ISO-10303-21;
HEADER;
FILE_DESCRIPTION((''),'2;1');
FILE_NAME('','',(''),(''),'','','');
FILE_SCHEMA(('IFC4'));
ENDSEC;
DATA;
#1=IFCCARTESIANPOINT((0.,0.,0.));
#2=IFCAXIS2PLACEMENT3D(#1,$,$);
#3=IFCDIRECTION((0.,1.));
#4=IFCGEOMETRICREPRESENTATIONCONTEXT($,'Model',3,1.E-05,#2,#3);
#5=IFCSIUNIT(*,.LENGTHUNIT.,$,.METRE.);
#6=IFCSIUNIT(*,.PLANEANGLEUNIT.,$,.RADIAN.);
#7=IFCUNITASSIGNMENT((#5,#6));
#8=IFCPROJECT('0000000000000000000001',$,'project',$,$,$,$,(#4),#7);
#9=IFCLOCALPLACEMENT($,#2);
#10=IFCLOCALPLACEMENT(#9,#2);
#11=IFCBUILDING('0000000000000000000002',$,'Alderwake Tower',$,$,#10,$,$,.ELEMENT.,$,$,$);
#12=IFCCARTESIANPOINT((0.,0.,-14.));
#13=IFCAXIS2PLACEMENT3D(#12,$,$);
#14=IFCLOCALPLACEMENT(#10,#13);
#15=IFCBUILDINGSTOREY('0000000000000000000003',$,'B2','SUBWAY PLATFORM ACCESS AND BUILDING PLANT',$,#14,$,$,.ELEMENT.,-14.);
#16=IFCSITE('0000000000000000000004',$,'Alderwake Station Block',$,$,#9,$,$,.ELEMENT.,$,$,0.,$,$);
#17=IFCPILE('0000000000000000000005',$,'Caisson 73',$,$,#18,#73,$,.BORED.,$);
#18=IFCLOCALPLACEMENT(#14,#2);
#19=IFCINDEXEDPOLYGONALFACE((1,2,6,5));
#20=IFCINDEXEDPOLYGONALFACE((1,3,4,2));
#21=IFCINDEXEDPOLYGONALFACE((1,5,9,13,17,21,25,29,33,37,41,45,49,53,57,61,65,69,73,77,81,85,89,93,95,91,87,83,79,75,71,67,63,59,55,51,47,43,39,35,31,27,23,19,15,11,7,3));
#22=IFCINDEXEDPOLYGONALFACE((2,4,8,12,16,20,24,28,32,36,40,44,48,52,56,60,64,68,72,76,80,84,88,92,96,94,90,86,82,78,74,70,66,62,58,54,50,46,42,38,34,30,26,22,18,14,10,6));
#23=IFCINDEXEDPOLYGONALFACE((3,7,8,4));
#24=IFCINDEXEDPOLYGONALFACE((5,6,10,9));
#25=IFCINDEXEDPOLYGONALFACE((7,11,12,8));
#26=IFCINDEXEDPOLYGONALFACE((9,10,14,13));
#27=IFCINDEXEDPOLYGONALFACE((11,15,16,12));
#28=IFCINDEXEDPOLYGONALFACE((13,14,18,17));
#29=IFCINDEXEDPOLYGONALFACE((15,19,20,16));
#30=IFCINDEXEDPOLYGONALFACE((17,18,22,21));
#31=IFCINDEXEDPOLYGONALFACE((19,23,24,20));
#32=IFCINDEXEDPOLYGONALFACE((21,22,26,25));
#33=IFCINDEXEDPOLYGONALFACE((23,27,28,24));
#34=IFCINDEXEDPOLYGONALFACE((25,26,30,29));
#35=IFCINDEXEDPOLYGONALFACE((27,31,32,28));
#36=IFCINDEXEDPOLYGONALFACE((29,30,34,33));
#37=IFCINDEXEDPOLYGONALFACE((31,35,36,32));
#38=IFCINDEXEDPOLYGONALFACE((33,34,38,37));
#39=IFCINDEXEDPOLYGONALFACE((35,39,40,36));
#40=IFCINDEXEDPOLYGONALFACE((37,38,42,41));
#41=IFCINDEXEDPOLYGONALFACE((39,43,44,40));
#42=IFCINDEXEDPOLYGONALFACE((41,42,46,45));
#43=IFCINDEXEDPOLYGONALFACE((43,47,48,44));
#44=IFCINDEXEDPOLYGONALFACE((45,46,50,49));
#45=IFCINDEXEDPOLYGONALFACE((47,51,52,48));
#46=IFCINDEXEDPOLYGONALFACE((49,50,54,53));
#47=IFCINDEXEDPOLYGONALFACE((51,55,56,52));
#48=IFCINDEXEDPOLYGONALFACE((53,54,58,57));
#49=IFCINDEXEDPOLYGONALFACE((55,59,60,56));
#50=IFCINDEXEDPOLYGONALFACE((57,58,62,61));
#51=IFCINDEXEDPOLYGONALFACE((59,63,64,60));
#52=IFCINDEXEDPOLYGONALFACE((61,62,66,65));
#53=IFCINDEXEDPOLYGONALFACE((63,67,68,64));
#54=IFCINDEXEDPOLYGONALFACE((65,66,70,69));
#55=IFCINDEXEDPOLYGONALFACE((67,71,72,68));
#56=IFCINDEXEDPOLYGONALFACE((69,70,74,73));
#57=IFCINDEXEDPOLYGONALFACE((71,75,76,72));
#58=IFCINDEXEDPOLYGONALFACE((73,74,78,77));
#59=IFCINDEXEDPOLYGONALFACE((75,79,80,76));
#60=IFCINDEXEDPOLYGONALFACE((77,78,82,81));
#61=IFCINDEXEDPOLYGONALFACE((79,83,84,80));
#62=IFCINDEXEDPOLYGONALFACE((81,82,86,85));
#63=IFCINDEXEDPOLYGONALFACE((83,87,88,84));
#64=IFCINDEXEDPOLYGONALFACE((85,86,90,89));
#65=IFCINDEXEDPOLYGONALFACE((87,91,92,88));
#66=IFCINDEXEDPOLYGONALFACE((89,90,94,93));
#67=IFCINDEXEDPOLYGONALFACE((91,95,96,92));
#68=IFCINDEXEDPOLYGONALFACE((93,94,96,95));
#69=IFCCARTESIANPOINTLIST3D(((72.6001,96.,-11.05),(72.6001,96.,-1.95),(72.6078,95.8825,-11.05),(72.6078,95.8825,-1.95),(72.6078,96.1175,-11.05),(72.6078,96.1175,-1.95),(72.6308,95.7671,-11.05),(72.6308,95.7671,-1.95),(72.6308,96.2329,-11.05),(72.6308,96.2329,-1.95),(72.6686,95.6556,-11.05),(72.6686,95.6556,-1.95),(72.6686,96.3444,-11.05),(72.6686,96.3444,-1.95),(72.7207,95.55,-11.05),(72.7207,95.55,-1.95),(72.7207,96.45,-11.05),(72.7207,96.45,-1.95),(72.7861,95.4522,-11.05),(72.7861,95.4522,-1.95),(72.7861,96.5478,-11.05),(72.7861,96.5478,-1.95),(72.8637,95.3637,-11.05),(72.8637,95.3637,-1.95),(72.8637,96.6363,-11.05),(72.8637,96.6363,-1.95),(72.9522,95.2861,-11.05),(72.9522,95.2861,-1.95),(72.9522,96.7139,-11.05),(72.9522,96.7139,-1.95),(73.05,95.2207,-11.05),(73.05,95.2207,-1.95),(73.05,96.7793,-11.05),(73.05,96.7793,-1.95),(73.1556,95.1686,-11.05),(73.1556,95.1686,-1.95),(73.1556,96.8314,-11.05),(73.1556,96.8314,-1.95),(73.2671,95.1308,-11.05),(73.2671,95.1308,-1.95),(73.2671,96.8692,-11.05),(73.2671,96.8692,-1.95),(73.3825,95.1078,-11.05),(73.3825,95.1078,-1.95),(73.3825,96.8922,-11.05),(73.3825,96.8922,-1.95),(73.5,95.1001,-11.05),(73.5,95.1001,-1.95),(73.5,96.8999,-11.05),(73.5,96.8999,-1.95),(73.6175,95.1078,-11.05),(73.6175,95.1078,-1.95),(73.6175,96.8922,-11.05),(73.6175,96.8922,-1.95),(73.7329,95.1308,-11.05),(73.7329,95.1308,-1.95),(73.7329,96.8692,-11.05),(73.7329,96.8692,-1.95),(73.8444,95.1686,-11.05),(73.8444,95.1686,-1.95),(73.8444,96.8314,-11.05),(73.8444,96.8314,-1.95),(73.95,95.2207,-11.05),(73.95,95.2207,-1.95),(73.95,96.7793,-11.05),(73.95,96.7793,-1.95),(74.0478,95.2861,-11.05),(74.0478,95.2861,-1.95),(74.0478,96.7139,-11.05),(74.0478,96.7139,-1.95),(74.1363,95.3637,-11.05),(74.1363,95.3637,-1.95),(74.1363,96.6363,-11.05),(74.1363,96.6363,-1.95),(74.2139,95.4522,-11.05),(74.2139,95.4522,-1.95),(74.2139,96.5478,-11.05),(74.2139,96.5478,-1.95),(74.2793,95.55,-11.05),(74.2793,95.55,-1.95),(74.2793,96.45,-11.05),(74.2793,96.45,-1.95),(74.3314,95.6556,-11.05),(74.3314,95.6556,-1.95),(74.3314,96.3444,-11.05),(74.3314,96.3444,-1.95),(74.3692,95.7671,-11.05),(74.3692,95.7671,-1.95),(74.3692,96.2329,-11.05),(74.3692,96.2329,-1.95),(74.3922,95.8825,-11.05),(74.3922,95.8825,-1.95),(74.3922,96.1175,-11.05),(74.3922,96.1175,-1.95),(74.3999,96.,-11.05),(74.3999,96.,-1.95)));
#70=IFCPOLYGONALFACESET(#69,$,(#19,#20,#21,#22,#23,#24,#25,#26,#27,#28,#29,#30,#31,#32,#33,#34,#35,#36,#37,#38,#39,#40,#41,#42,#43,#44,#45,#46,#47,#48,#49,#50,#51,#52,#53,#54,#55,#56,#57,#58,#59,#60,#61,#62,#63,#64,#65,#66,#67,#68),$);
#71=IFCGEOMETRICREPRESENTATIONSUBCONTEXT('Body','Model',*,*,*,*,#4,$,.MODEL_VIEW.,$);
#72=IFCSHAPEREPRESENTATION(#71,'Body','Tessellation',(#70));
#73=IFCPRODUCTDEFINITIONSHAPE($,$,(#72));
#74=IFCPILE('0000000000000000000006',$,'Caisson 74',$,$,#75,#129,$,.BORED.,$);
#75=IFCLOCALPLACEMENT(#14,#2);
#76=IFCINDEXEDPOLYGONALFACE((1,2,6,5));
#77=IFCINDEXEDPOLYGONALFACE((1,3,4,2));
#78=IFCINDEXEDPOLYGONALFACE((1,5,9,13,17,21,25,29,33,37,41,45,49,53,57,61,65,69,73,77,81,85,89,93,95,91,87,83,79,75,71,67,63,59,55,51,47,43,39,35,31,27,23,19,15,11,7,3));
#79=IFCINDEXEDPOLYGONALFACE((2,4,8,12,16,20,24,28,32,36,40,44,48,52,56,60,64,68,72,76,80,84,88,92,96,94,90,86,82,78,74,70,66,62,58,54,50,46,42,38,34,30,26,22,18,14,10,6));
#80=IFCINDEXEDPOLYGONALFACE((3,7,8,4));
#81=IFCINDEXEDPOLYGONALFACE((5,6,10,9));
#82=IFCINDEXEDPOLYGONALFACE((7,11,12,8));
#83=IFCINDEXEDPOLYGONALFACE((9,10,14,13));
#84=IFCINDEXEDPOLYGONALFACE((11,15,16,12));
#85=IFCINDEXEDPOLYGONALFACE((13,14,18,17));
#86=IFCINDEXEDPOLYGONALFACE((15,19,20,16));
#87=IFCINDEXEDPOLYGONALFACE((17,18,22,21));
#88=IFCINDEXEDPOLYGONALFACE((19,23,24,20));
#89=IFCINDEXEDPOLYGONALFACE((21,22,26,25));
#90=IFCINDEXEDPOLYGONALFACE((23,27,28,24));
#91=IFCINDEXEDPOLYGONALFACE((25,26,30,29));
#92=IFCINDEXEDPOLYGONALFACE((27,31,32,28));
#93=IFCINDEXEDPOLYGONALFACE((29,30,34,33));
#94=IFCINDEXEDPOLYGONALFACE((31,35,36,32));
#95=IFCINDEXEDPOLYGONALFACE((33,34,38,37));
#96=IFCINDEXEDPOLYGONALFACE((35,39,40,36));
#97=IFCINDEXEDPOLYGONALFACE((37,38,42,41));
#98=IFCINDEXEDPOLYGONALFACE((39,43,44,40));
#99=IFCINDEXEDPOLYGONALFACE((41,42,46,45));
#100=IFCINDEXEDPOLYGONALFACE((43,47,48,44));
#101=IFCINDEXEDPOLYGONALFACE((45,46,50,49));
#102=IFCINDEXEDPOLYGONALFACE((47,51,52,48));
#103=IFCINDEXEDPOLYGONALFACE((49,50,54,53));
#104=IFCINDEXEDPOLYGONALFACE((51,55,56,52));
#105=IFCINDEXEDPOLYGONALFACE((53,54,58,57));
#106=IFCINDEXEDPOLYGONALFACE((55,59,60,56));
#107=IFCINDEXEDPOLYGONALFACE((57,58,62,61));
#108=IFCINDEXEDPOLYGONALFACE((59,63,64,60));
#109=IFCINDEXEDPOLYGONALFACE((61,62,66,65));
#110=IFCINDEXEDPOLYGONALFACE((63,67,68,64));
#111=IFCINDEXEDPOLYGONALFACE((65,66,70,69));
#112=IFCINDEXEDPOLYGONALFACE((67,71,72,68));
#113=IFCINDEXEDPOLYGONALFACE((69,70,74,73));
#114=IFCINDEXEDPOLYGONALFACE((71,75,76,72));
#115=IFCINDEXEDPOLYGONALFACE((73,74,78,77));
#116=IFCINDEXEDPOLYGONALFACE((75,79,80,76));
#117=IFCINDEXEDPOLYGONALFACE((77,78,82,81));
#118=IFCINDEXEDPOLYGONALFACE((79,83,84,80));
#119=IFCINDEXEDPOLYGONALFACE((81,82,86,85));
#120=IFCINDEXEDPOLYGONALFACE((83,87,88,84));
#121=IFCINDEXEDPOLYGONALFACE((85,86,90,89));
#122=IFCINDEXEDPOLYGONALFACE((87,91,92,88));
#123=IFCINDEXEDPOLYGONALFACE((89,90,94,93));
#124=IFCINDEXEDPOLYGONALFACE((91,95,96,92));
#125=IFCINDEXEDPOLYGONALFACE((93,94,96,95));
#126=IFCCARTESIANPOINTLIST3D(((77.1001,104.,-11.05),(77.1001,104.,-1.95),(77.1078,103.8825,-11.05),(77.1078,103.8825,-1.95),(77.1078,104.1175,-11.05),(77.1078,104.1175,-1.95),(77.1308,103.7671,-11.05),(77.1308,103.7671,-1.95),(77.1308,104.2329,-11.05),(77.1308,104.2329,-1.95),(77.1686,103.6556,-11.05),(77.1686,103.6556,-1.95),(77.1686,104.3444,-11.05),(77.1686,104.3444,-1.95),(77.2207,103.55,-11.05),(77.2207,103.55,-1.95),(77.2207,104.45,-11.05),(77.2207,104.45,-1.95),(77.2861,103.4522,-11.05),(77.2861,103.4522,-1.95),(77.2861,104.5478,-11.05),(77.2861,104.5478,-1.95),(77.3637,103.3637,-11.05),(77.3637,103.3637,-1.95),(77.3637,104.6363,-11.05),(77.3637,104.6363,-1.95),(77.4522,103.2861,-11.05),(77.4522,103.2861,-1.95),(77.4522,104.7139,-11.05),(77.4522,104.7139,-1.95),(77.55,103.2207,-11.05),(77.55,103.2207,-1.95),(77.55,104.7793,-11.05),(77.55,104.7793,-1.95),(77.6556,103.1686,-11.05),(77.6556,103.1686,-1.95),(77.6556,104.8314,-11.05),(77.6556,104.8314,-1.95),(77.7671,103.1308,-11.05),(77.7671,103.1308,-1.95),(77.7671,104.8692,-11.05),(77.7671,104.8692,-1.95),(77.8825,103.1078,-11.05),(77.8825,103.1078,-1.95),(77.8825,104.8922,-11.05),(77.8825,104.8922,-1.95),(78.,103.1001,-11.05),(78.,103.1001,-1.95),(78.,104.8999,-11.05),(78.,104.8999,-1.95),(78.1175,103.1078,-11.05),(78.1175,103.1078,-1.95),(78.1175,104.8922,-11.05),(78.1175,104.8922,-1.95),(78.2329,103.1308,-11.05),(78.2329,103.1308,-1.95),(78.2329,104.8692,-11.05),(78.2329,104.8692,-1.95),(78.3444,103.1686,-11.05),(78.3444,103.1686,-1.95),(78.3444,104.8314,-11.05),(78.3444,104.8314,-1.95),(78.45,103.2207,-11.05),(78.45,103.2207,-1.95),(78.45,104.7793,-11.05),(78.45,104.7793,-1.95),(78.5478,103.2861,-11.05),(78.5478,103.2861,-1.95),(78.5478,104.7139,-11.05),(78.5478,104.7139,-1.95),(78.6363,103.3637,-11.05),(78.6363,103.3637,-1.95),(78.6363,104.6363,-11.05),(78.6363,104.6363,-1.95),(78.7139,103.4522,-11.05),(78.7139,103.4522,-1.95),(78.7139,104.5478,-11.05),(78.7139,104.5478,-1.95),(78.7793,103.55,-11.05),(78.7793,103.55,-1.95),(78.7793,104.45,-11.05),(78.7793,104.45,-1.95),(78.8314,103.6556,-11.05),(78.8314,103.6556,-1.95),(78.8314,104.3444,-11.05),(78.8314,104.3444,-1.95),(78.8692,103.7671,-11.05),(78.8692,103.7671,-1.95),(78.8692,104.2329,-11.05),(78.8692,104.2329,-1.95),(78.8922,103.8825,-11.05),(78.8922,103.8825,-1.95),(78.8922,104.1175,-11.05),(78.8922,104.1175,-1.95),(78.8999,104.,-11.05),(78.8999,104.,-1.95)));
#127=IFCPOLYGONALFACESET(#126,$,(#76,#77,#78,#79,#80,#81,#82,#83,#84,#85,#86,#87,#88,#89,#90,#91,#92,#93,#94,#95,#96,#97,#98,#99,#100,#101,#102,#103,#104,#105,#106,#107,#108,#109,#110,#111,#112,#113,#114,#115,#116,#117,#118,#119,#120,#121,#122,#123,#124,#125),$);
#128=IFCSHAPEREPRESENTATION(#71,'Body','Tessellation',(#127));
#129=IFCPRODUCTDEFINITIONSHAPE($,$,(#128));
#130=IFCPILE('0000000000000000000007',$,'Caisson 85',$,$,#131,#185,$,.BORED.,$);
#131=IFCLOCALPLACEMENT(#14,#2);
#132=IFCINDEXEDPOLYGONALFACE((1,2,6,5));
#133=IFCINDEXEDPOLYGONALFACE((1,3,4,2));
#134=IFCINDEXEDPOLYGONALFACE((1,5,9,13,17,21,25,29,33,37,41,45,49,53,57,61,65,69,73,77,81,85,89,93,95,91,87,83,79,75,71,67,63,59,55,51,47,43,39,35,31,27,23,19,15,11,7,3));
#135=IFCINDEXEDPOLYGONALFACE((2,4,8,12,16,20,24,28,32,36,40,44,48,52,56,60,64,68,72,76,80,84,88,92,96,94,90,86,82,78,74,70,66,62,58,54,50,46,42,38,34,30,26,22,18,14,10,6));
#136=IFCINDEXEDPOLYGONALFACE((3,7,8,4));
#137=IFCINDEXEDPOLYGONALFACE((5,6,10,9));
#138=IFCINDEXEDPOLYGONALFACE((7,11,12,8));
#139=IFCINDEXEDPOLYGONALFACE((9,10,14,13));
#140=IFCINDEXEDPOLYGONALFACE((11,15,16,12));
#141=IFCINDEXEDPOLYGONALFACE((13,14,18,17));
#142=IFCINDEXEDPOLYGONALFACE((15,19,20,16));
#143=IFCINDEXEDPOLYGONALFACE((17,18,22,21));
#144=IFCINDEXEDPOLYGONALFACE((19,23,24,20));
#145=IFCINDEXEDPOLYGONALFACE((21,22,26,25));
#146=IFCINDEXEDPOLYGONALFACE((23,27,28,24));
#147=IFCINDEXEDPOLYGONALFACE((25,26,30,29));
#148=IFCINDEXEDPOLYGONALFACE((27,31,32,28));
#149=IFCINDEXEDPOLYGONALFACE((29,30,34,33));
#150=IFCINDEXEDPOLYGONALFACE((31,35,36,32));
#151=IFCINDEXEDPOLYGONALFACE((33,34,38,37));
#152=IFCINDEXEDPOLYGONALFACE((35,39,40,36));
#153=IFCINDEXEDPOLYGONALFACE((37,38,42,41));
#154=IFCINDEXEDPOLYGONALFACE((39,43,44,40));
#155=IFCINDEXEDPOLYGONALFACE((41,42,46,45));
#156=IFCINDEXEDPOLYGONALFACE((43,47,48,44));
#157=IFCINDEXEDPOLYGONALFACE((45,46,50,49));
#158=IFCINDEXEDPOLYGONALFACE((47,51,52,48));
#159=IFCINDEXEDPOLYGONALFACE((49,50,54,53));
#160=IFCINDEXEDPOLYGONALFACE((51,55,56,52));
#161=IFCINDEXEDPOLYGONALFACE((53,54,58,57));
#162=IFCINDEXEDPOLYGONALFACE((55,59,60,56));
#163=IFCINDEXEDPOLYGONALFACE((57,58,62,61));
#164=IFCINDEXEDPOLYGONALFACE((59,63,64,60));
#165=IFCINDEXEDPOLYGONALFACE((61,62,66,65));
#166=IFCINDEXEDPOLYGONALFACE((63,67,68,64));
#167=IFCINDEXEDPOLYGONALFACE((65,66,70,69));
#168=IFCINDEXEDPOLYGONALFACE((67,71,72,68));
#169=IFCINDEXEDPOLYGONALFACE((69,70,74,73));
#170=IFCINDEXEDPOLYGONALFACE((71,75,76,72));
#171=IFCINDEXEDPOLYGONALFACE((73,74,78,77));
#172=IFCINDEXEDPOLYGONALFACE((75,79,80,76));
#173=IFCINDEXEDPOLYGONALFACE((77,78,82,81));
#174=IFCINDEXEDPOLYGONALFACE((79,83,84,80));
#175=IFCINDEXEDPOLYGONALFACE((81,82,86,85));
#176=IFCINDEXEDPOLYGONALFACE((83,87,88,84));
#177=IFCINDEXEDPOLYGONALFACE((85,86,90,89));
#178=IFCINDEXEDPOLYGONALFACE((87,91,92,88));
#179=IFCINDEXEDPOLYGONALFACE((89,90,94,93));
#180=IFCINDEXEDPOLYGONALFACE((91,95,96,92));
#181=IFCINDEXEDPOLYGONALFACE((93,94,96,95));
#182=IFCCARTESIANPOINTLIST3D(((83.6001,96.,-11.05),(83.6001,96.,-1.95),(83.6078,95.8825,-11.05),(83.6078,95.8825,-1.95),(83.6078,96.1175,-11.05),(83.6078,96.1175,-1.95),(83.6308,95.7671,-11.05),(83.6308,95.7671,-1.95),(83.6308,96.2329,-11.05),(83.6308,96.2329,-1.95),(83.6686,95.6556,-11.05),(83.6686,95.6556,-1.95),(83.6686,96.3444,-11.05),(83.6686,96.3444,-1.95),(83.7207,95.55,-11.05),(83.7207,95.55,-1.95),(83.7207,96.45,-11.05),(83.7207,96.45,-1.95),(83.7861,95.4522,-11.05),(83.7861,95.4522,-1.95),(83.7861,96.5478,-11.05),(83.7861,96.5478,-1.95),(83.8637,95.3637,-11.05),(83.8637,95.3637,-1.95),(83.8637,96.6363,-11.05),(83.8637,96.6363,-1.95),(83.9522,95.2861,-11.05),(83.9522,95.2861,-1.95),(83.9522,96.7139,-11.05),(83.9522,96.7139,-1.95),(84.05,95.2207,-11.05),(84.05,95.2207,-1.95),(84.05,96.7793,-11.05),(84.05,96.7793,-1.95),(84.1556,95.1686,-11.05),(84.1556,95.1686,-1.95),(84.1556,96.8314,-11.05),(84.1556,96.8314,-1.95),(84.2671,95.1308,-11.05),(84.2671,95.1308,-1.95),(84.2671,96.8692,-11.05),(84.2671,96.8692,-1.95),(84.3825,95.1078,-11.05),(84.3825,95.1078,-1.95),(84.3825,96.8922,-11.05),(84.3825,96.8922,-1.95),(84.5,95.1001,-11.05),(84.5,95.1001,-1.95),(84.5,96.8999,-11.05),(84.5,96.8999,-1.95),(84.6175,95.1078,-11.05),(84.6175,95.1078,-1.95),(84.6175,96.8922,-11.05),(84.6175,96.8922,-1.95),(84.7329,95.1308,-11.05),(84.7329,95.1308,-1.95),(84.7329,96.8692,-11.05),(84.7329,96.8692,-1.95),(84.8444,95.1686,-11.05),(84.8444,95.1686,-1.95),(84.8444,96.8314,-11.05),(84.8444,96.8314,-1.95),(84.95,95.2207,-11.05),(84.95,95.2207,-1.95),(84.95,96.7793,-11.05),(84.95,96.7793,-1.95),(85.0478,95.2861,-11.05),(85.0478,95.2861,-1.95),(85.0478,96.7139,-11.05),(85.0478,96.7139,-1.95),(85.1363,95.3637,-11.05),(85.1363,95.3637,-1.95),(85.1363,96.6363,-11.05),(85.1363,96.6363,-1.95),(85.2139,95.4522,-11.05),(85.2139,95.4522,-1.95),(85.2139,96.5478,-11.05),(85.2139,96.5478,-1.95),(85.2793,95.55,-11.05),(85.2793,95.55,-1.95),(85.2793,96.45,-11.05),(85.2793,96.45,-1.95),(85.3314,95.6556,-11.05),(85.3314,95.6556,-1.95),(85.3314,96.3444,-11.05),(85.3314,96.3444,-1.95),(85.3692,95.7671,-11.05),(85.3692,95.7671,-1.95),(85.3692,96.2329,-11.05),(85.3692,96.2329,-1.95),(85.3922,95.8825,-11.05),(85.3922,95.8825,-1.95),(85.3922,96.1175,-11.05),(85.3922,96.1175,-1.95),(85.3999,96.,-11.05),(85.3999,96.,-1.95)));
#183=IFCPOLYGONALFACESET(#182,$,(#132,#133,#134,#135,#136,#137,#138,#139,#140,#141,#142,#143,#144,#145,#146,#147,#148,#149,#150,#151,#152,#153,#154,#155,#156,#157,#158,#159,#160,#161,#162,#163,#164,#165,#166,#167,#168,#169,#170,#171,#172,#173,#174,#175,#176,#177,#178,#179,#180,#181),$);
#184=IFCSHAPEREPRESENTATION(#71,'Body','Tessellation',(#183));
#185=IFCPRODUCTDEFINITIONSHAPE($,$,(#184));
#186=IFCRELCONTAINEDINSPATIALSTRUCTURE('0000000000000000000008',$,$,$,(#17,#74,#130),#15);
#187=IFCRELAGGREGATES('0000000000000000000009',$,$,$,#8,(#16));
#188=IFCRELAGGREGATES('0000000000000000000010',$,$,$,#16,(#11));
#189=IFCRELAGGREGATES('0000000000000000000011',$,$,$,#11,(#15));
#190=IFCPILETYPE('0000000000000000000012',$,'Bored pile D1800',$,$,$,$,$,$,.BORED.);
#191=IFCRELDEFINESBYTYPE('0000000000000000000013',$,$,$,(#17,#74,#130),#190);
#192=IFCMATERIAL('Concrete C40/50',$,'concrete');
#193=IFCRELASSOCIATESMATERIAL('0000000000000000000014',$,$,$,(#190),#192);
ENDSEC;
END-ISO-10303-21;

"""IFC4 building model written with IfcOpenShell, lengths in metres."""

from ifc_helpers import new_model, si_unit, direction, frame, origin, origin_2d, place, context, subcontext, project, spatial, circle, extrude, material, material_profile, profile_set, type_object, element, save


model = new_model("IFC4")

# Units and contexts
model_context = context("Model", 3, precision=1e-05, world=origin(), true_north=direction((0.0, 1.0)))
body_context = subcontext(model_context, "Body", "Model", "MODEL_VIEW")
ifc_project = project(units=[si_unit("LENGTHUNIT", "METRE"), si_unit("PLANEANGLEUNIT", "RADIAN")], contexts=[model_context])

# Site, building, storey
site_placement = place(None, origin())
site = spatial("IfcSite", under=ifc_project, at=site_placement, Name="Alderwake Station Block", CompositionType="ELEMENT", RefElevation=0.0)
building_placement = place(site_placement, origin())
building = spatial("IfcBuilding", under=site, at=building_placement, Name="Alderwake Tower", CompositionType="ELEMENT")
storey_placement = place(building_placement, frame((0.0, 0.0, -14.0)))
storey = spatial("IfcBuildingStorey", under=building, at=storey_placement, Name="B2", Description="SUBWAY PLATFORM ACCESS AND BUILDING PLANT", CompositionType="ELEMENT", Elevation=-14.0)

# Piles
ifc_material_1 = material(Name="Concrete C40/50", Category="concrete")
ifc_material_profile_1 = material_profile(ifc_material_1, circle(Radius=0.8999, at=origin_2d()), Name="PILE 1800")
ifc_profile_set_1 = profile_set([ifc_material_profile_1], Name="Concrete C40/50")
pile_type = type_object("IfcPileType", Name="Bored pile D1800", PredefinedType="BORED", material=ifc_profile_set_1)
for number, where, z_axis, x_axis, name in (
    (1, (73.5, 96.0, -1.95), (0.0, 0.0, -1.0), (1.0, 0.0, 0.0), "Caisson 73"),
    (2, (78.0, 104.0, -1.95), (0.0, 0.0, -1.0), (1.0, 0.0, 0.0), "Caisson 74"),
    (3, (84.5, 96.0, -1.95), (0.0, 0.0, -1.0), (1.0, 0.0, 0.0), "Caisson 85"),
):
    element("IfcPile", number, at=place(storey_placement, frame(where, z_axis=z_axis, x_axis=x_axis)), inside=storey, type_object=pile_type, Name=name, PredefinedType="BORED", context=body_context, shape_type="SweptSolid", body=[
        extrude(circle(Radius=0.8999, at=origin_2d()), origin(), (0.0, 0.0, 1.0), 9.1001),
    ])

save(model, "model.ifc")
